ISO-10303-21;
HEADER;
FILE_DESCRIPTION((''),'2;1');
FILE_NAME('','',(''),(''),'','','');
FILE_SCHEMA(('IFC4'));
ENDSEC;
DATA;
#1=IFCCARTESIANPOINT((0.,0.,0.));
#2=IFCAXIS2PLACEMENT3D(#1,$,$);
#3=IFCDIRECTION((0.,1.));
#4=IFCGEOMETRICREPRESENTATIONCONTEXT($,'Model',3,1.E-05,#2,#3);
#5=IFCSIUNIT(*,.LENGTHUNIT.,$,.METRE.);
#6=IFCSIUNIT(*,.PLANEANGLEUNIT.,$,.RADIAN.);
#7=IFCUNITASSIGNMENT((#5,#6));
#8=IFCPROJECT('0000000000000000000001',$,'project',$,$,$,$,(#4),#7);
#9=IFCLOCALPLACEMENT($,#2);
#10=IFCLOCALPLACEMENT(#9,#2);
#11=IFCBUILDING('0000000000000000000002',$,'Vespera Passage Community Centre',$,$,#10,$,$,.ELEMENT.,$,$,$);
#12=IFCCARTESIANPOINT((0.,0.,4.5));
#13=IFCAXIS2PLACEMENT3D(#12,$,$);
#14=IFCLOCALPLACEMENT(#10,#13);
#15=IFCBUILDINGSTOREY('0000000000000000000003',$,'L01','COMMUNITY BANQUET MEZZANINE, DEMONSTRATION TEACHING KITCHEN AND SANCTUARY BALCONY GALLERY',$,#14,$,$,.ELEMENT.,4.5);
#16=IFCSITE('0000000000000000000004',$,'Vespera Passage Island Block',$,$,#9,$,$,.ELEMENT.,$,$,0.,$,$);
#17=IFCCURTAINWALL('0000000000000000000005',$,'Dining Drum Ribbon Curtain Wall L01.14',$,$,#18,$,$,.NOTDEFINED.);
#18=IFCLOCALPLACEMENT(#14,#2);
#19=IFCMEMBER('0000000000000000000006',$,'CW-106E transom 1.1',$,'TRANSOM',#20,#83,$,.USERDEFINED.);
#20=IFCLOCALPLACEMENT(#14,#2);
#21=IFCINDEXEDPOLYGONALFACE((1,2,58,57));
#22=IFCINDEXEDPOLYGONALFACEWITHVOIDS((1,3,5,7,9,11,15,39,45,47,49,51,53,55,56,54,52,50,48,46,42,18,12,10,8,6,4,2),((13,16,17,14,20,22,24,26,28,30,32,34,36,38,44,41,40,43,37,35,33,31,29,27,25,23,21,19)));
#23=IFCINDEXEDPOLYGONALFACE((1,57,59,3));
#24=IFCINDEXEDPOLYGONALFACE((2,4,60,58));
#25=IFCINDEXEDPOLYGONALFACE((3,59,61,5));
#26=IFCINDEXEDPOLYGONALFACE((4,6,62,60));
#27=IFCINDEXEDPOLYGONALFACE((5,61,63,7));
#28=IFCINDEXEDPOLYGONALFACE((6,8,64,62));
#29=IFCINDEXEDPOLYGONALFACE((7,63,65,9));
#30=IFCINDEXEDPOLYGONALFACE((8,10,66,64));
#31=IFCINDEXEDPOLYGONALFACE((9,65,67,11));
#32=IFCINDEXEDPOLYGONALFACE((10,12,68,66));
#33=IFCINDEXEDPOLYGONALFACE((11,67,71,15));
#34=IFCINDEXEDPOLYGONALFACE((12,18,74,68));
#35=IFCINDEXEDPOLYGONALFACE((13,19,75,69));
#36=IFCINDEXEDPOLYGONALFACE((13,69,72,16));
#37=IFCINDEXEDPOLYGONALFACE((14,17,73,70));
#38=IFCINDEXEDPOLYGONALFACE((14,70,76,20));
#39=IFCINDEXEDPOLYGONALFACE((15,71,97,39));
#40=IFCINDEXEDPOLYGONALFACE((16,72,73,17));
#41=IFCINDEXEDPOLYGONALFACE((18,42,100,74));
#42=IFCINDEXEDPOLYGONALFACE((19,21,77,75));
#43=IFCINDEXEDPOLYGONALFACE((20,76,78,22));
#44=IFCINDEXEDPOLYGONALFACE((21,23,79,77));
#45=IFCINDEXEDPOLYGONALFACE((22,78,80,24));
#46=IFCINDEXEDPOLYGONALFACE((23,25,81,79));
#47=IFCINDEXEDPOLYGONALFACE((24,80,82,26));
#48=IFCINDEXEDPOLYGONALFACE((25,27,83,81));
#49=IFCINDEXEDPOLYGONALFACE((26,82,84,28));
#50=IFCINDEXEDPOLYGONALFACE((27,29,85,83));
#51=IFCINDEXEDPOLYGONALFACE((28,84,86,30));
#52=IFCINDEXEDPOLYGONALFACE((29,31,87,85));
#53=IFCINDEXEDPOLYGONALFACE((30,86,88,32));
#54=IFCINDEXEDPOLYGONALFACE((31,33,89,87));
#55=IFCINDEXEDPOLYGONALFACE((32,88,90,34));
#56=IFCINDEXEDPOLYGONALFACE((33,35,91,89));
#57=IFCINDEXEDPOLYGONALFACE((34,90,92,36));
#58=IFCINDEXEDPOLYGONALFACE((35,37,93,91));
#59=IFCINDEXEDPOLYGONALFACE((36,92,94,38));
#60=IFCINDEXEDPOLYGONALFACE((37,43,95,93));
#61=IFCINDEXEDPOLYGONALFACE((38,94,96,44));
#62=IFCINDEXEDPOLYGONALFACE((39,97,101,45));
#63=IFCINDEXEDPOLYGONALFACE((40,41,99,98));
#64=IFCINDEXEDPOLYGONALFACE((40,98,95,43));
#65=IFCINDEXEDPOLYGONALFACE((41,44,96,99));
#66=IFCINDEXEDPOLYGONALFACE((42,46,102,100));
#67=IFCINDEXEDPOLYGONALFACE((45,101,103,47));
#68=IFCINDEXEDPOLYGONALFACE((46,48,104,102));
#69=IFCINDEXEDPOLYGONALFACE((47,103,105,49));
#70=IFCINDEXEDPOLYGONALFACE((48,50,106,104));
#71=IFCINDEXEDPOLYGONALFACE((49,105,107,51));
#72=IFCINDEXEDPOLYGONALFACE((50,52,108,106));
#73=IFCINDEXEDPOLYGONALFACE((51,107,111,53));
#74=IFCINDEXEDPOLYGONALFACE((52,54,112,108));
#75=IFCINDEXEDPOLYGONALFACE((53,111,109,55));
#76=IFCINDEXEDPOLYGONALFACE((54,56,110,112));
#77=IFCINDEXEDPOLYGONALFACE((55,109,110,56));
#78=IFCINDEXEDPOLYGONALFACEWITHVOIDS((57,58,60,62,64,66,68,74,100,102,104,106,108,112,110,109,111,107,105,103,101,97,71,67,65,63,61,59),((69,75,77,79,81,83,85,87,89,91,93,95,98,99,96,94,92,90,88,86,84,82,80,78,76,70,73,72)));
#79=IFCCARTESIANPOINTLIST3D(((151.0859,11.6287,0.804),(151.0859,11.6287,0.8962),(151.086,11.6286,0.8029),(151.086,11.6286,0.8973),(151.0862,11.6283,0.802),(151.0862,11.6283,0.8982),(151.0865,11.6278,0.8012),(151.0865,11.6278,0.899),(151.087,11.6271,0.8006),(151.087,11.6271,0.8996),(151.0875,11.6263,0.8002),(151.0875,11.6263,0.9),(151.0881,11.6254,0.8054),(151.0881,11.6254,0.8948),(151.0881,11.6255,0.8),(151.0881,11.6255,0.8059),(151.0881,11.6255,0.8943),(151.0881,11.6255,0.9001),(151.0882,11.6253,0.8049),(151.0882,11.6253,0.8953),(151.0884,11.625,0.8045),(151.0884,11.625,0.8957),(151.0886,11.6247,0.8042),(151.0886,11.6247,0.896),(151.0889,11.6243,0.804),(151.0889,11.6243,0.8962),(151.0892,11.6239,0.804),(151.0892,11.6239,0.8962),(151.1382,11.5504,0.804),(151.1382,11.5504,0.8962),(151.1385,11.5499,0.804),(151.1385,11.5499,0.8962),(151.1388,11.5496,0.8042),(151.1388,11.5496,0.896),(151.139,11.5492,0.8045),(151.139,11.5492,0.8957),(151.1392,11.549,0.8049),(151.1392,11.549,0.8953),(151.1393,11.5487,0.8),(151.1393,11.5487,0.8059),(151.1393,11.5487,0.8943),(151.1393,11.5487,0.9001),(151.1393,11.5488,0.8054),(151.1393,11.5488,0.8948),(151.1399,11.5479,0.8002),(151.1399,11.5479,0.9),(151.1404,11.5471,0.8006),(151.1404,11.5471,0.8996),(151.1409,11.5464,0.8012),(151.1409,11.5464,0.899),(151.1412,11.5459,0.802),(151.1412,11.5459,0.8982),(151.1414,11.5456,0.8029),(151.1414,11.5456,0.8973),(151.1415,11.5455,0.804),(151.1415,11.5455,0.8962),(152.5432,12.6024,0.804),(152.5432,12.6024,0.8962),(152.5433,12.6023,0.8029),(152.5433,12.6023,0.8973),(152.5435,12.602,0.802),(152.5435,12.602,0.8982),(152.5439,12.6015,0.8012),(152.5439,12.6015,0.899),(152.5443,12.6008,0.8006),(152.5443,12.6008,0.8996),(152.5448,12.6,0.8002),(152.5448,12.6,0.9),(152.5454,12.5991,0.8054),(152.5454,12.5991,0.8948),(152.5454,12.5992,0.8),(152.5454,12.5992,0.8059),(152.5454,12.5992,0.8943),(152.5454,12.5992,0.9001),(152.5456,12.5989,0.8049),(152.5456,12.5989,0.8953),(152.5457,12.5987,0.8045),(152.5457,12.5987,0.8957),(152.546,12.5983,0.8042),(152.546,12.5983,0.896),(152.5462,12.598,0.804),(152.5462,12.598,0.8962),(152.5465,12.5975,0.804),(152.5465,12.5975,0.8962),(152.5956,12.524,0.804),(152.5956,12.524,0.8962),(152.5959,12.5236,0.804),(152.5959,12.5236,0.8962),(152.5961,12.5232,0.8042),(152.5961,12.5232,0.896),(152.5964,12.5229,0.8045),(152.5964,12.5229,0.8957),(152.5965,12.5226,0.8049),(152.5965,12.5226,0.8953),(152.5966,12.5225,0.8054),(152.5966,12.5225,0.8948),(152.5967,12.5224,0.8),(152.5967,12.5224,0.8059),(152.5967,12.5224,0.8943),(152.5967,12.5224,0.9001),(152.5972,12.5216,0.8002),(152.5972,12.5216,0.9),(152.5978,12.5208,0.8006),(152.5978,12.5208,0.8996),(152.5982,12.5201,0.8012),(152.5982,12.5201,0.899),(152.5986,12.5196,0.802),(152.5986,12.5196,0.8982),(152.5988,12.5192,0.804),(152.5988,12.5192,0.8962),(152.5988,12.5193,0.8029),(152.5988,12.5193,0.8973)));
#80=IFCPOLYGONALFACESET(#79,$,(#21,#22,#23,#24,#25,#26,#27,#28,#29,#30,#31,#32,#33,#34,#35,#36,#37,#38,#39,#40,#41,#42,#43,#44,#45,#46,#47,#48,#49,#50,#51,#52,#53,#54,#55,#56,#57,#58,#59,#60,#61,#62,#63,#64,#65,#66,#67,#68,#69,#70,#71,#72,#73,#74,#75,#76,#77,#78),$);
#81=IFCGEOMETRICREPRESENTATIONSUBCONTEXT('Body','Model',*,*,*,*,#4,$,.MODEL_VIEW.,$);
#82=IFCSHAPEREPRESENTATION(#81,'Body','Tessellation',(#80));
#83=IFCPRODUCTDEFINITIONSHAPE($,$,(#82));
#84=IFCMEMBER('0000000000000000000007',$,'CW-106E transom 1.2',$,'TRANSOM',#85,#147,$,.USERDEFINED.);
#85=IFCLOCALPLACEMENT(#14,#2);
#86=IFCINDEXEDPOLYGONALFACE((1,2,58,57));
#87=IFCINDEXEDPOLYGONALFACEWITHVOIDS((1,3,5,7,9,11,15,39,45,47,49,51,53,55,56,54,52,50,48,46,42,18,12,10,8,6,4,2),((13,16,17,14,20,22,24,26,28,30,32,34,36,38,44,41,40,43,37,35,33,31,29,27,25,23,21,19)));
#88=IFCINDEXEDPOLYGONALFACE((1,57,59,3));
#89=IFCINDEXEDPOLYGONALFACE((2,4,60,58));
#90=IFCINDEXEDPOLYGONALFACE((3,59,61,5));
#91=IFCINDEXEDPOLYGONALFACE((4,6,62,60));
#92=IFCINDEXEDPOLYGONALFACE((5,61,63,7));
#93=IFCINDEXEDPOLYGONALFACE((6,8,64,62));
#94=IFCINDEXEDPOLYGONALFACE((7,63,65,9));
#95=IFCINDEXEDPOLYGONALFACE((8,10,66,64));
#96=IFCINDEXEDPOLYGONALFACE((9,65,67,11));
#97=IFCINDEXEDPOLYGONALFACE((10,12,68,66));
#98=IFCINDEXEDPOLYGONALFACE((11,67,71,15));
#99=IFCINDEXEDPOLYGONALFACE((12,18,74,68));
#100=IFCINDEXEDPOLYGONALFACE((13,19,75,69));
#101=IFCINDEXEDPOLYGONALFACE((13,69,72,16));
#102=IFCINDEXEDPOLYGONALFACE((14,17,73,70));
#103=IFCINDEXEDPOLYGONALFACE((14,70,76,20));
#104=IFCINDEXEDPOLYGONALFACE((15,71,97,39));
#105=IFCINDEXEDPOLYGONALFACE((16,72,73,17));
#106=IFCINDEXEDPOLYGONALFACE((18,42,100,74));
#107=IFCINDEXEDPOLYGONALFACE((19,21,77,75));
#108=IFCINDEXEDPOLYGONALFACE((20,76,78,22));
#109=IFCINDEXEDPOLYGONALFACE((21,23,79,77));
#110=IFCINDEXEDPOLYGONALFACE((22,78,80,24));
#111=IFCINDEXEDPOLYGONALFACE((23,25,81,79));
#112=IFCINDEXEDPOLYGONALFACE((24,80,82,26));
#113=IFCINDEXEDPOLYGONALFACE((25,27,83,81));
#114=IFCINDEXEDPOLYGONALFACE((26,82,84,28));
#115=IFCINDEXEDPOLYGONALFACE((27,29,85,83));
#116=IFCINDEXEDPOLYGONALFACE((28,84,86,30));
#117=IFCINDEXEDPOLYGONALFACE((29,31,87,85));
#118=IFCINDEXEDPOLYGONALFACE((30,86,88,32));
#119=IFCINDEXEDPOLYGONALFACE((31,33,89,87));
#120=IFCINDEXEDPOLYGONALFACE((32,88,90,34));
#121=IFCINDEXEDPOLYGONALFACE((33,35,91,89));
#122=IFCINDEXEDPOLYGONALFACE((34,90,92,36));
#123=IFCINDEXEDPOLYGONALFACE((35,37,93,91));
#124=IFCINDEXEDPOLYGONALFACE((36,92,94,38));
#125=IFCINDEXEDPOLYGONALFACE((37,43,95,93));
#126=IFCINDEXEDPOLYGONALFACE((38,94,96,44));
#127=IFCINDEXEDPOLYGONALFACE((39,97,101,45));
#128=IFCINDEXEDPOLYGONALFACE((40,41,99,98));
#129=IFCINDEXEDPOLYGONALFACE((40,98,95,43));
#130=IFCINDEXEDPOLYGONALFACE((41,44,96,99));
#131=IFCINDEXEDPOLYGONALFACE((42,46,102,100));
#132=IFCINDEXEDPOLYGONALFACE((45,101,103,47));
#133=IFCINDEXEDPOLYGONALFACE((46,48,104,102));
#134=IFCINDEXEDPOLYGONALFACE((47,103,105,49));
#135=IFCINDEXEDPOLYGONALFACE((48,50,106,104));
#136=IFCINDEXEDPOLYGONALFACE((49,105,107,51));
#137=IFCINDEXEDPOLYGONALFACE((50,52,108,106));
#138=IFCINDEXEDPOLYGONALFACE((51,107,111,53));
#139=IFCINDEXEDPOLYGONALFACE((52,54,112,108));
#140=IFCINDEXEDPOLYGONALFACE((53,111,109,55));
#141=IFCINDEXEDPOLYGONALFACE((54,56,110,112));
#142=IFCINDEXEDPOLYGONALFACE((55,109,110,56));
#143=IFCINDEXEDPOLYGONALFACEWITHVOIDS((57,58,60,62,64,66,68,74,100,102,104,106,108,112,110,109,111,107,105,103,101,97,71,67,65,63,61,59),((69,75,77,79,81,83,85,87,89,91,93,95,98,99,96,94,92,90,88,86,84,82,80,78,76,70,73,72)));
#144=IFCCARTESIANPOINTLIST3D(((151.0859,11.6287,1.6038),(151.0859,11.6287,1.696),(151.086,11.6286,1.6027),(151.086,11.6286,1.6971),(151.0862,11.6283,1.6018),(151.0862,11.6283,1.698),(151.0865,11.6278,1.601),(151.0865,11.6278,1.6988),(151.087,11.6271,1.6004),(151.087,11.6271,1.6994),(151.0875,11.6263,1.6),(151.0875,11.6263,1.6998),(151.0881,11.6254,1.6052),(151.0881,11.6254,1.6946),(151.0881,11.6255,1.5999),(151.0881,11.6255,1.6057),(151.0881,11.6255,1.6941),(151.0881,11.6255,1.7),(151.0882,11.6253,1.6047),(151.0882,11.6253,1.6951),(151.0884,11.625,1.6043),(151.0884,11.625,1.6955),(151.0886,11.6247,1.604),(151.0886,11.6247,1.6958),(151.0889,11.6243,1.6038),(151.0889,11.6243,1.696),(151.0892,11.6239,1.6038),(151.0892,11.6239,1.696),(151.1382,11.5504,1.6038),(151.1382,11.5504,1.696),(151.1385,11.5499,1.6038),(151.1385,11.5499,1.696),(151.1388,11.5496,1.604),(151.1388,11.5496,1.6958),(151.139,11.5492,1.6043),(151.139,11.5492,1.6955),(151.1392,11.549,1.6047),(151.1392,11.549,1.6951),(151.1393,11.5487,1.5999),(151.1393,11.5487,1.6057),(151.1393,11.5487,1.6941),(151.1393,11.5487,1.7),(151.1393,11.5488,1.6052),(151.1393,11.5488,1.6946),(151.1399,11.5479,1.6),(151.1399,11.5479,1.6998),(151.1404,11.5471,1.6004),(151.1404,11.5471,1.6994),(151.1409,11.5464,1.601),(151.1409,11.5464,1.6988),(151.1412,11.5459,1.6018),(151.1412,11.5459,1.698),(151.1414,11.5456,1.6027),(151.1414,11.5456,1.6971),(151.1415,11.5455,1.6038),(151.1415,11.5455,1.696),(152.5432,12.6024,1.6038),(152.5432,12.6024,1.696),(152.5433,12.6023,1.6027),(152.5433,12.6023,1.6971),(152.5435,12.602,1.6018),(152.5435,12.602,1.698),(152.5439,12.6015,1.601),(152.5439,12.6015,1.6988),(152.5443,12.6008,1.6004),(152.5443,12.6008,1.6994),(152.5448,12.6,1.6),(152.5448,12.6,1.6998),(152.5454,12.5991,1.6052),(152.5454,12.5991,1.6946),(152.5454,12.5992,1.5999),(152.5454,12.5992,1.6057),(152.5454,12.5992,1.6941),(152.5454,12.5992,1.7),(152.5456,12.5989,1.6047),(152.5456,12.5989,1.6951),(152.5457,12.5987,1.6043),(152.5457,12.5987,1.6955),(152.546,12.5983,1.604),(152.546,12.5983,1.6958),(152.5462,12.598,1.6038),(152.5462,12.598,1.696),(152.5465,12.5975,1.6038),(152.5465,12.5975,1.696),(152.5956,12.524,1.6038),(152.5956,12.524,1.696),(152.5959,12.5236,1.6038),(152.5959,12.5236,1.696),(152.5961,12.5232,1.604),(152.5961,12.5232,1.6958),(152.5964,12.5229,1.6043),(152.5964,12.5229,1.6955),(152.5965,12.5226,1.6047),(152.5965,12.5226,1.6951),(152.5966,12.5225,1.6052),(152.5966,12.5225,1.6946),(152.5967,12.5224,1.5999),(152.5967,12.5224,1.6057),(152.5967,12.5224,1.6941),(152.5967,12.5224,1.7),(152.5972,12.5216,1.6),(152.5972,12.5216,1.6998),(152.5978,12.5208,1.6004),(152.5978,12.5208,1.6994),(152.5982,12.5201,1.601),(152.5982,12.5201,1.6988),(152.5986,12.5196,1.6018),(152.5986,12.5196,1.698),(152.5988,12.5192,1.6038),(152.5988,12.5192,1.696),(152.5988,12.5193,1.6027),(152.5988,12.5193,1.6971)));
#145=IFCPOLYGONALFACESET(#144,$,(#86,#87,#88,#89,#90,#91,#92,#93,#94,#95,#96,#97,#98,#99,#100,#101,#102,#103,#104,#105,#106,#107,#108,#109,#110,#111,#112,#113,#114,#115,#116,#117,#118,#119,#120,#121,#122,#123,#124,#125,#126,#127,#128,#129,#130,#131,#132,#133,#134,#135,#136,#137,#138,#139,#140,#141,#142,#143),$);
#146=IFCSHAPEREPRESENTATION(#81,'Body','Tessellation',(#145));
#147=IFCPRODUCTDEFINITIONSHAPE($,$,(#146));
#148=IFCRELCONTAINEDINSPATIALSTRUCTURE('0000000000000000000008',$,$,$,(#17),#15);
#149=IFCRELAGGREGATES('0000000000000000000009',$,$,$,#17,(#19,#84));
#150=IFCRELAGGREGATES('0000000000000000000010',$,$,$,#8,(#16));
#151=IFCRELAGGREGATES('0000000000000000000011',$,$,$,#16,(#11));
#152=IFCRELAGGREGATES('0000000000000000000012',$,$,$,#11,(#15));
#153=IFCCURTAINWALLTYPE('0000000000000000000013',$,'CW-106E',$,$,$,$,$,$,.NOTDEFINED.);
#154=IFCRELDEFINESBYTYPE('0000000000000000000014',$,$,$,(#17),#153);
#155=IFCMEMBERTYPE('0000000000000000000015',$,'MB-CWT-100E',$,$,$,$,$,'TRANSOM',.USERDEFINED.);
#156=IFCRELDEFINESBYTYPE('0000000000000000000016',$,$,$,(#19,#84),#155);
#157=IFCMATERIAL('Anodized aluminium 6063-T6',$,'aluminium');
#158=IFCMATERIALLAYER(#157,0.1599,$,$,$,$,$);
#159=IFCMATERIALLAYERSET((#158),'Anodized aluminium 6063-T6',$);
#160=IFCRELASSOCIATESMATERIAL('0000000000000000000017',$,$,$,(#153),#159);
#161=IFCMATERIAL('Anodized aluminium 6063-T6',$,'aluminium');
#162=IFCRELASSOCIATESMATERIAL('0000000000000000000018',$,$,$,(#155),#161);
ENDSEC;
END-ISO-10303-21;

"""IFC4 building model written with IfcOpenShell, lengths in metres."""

from ifc_helpers import new_model, si_unit, direction, frame, origin, origin_2d, place, context, subcontext, project, spatial, hollow_rectangle, extrude, material, layer, layer_set, material_profile, profile_set, type_object, element, aggregate, save


model = new_model("IFC4")

# Units and contexts
model_context = context("Model", 3, precision=1e-05, world=origin(), true_north=direction((0.0, 1.0)))
body_context = subcontext(model_context, "Body", "Model", "MODEL_VIEW")
ifc_project = project(units=[si_unit("LENGTHUNIT", "METRE"), si_unit("PLANEANGLEUNIT", "RADIAN")], contexts=[model_context])

# Site, building, storey
site_placement = place(None, origin())
site = spatial("IfcSite", under=ifc_project, at=site_placement, Name="Vespera Passage Island Block", CompositionType="ELEMENT", RefElevation=0.0)
building_placement = place(site_placement, origin())
building = spatial("IfcBuilding", under=site, at=building_placement, Name="Vespera Passage Community Centre", CompositionType="ELEMENT")
storey_placement = place(building_placement, frame((0.0, 0.0, 4.5)))
storey = spatial("IfcBuildingStorey", under=building, at=storey_placement, Name="L01", Description="COMMUNITY BANQUET MEZZANINE, DEMONSTRATION TEACHING KITCHEN AND SANCTUARY BALCONY GALLERY", CompositionType="ELEMENT", Elevation=4.5)

# Curtain wall
ifc_material_1 = material(Name="Anodized aluminium 6063-T6", Category="aluminium")
ifc_layer_1 = layer(ifc_material_1, 0.1599)
ifc_layer_set_1 = layer_set([ifc_layer_1], Name="Anodized aluminium 6063-T6")
curtain_wall_type_1 = type_object("IfcCurtainWallType", Name="CW-106E", PredefinedType="NOTDEFINED", material=ifc_layer_set_1)
curtain_wall_1_placement = place(storey_placement, origin())
curtain_wall_1 = element("IfcCurtainWall", 1, at=curtain_wall_1_placement, inside=storey, type_object=curtain_wall_type_1, Name="Dining Drum Ribbon Curtain Wall L01.14", PredefinedType="NOTDEFINED")

# Members
ifc_material_2 = material(Name="Anodized aluminium 6063-T6", Category="aluminium")
ifc_material_profile_1 = material_profile(ifc_material_2, hollow_rectangle(XDim=0.1001, YDim=0.1001, WallThickness=0.0039, InnerFilletRadius=0.002, OuterFilletRadius=0.0039, at=origin_2d()), Name="ALU100X100X4")
ifc_profile_set_1 = profile_set([ifc_material_profile_1], Name="Anodized aluminium 6063-T6")
member_type_1 = type_object("IfcMemberType", Name="MB-CWT-100E", ElementType="TRANSOM", PredefinedType="USERDEFINED", material=ifc_profile_set_1)
member_1_placement = place(storey_placement, frame((152.571, 12.5608, 0.8501), z_axis=(-0.831493, -0.555536, 0.0), x_axis=(0.555536, -0.831493, 0.0)))
member_1 = element("IfcMember", 2, at=member_1_placement, type_object=member_type_1, Name="CW-106E transom 1.1", ObjectType="TRANSOM", PredefinedType="USERDEFINED", context=body_context, shape_type="SweptSolid", body=[
    extrude(hollow_rectangle(XDim=0.1001, YDim=0.1001, WallThickness=0.0039, InnerFilletRadius=0.002, OuterFilletRadius=0.0039, at=origin_2d()), origin(), (0.0, 0.0, 1.0), 1.7527),
])
member_2_placement = place(storey_placement, frame((152.571, 12.5608, 1.6499), z_axis=(-0.831493, -0.555536, 0.0), x_axis=(0.555536, -0.831493, 0.0)))
member_2 = element("IfcMember", 3, at=member_2_placement, type_object=member_type_1, Name="CW-106E transom 1.2", ObjectType="TRANSOM", PredefinedType="USERDEFINED", context=body_context, shape_type="SweptSolid", body=[
    extrude(hollow_rectangle(XDim=0.1001, YDim=0.1001, WallThickness=0.0039, InnerFilletRadius=0.002, OuterFilletRadius=0.0039, at=origin_2d()), origin(), (0.0, 0.0, 1.0), 1.7527),
])

aggregate(curtain_wall_1, [member_1, member_2])

save(model, "model.ifc")
